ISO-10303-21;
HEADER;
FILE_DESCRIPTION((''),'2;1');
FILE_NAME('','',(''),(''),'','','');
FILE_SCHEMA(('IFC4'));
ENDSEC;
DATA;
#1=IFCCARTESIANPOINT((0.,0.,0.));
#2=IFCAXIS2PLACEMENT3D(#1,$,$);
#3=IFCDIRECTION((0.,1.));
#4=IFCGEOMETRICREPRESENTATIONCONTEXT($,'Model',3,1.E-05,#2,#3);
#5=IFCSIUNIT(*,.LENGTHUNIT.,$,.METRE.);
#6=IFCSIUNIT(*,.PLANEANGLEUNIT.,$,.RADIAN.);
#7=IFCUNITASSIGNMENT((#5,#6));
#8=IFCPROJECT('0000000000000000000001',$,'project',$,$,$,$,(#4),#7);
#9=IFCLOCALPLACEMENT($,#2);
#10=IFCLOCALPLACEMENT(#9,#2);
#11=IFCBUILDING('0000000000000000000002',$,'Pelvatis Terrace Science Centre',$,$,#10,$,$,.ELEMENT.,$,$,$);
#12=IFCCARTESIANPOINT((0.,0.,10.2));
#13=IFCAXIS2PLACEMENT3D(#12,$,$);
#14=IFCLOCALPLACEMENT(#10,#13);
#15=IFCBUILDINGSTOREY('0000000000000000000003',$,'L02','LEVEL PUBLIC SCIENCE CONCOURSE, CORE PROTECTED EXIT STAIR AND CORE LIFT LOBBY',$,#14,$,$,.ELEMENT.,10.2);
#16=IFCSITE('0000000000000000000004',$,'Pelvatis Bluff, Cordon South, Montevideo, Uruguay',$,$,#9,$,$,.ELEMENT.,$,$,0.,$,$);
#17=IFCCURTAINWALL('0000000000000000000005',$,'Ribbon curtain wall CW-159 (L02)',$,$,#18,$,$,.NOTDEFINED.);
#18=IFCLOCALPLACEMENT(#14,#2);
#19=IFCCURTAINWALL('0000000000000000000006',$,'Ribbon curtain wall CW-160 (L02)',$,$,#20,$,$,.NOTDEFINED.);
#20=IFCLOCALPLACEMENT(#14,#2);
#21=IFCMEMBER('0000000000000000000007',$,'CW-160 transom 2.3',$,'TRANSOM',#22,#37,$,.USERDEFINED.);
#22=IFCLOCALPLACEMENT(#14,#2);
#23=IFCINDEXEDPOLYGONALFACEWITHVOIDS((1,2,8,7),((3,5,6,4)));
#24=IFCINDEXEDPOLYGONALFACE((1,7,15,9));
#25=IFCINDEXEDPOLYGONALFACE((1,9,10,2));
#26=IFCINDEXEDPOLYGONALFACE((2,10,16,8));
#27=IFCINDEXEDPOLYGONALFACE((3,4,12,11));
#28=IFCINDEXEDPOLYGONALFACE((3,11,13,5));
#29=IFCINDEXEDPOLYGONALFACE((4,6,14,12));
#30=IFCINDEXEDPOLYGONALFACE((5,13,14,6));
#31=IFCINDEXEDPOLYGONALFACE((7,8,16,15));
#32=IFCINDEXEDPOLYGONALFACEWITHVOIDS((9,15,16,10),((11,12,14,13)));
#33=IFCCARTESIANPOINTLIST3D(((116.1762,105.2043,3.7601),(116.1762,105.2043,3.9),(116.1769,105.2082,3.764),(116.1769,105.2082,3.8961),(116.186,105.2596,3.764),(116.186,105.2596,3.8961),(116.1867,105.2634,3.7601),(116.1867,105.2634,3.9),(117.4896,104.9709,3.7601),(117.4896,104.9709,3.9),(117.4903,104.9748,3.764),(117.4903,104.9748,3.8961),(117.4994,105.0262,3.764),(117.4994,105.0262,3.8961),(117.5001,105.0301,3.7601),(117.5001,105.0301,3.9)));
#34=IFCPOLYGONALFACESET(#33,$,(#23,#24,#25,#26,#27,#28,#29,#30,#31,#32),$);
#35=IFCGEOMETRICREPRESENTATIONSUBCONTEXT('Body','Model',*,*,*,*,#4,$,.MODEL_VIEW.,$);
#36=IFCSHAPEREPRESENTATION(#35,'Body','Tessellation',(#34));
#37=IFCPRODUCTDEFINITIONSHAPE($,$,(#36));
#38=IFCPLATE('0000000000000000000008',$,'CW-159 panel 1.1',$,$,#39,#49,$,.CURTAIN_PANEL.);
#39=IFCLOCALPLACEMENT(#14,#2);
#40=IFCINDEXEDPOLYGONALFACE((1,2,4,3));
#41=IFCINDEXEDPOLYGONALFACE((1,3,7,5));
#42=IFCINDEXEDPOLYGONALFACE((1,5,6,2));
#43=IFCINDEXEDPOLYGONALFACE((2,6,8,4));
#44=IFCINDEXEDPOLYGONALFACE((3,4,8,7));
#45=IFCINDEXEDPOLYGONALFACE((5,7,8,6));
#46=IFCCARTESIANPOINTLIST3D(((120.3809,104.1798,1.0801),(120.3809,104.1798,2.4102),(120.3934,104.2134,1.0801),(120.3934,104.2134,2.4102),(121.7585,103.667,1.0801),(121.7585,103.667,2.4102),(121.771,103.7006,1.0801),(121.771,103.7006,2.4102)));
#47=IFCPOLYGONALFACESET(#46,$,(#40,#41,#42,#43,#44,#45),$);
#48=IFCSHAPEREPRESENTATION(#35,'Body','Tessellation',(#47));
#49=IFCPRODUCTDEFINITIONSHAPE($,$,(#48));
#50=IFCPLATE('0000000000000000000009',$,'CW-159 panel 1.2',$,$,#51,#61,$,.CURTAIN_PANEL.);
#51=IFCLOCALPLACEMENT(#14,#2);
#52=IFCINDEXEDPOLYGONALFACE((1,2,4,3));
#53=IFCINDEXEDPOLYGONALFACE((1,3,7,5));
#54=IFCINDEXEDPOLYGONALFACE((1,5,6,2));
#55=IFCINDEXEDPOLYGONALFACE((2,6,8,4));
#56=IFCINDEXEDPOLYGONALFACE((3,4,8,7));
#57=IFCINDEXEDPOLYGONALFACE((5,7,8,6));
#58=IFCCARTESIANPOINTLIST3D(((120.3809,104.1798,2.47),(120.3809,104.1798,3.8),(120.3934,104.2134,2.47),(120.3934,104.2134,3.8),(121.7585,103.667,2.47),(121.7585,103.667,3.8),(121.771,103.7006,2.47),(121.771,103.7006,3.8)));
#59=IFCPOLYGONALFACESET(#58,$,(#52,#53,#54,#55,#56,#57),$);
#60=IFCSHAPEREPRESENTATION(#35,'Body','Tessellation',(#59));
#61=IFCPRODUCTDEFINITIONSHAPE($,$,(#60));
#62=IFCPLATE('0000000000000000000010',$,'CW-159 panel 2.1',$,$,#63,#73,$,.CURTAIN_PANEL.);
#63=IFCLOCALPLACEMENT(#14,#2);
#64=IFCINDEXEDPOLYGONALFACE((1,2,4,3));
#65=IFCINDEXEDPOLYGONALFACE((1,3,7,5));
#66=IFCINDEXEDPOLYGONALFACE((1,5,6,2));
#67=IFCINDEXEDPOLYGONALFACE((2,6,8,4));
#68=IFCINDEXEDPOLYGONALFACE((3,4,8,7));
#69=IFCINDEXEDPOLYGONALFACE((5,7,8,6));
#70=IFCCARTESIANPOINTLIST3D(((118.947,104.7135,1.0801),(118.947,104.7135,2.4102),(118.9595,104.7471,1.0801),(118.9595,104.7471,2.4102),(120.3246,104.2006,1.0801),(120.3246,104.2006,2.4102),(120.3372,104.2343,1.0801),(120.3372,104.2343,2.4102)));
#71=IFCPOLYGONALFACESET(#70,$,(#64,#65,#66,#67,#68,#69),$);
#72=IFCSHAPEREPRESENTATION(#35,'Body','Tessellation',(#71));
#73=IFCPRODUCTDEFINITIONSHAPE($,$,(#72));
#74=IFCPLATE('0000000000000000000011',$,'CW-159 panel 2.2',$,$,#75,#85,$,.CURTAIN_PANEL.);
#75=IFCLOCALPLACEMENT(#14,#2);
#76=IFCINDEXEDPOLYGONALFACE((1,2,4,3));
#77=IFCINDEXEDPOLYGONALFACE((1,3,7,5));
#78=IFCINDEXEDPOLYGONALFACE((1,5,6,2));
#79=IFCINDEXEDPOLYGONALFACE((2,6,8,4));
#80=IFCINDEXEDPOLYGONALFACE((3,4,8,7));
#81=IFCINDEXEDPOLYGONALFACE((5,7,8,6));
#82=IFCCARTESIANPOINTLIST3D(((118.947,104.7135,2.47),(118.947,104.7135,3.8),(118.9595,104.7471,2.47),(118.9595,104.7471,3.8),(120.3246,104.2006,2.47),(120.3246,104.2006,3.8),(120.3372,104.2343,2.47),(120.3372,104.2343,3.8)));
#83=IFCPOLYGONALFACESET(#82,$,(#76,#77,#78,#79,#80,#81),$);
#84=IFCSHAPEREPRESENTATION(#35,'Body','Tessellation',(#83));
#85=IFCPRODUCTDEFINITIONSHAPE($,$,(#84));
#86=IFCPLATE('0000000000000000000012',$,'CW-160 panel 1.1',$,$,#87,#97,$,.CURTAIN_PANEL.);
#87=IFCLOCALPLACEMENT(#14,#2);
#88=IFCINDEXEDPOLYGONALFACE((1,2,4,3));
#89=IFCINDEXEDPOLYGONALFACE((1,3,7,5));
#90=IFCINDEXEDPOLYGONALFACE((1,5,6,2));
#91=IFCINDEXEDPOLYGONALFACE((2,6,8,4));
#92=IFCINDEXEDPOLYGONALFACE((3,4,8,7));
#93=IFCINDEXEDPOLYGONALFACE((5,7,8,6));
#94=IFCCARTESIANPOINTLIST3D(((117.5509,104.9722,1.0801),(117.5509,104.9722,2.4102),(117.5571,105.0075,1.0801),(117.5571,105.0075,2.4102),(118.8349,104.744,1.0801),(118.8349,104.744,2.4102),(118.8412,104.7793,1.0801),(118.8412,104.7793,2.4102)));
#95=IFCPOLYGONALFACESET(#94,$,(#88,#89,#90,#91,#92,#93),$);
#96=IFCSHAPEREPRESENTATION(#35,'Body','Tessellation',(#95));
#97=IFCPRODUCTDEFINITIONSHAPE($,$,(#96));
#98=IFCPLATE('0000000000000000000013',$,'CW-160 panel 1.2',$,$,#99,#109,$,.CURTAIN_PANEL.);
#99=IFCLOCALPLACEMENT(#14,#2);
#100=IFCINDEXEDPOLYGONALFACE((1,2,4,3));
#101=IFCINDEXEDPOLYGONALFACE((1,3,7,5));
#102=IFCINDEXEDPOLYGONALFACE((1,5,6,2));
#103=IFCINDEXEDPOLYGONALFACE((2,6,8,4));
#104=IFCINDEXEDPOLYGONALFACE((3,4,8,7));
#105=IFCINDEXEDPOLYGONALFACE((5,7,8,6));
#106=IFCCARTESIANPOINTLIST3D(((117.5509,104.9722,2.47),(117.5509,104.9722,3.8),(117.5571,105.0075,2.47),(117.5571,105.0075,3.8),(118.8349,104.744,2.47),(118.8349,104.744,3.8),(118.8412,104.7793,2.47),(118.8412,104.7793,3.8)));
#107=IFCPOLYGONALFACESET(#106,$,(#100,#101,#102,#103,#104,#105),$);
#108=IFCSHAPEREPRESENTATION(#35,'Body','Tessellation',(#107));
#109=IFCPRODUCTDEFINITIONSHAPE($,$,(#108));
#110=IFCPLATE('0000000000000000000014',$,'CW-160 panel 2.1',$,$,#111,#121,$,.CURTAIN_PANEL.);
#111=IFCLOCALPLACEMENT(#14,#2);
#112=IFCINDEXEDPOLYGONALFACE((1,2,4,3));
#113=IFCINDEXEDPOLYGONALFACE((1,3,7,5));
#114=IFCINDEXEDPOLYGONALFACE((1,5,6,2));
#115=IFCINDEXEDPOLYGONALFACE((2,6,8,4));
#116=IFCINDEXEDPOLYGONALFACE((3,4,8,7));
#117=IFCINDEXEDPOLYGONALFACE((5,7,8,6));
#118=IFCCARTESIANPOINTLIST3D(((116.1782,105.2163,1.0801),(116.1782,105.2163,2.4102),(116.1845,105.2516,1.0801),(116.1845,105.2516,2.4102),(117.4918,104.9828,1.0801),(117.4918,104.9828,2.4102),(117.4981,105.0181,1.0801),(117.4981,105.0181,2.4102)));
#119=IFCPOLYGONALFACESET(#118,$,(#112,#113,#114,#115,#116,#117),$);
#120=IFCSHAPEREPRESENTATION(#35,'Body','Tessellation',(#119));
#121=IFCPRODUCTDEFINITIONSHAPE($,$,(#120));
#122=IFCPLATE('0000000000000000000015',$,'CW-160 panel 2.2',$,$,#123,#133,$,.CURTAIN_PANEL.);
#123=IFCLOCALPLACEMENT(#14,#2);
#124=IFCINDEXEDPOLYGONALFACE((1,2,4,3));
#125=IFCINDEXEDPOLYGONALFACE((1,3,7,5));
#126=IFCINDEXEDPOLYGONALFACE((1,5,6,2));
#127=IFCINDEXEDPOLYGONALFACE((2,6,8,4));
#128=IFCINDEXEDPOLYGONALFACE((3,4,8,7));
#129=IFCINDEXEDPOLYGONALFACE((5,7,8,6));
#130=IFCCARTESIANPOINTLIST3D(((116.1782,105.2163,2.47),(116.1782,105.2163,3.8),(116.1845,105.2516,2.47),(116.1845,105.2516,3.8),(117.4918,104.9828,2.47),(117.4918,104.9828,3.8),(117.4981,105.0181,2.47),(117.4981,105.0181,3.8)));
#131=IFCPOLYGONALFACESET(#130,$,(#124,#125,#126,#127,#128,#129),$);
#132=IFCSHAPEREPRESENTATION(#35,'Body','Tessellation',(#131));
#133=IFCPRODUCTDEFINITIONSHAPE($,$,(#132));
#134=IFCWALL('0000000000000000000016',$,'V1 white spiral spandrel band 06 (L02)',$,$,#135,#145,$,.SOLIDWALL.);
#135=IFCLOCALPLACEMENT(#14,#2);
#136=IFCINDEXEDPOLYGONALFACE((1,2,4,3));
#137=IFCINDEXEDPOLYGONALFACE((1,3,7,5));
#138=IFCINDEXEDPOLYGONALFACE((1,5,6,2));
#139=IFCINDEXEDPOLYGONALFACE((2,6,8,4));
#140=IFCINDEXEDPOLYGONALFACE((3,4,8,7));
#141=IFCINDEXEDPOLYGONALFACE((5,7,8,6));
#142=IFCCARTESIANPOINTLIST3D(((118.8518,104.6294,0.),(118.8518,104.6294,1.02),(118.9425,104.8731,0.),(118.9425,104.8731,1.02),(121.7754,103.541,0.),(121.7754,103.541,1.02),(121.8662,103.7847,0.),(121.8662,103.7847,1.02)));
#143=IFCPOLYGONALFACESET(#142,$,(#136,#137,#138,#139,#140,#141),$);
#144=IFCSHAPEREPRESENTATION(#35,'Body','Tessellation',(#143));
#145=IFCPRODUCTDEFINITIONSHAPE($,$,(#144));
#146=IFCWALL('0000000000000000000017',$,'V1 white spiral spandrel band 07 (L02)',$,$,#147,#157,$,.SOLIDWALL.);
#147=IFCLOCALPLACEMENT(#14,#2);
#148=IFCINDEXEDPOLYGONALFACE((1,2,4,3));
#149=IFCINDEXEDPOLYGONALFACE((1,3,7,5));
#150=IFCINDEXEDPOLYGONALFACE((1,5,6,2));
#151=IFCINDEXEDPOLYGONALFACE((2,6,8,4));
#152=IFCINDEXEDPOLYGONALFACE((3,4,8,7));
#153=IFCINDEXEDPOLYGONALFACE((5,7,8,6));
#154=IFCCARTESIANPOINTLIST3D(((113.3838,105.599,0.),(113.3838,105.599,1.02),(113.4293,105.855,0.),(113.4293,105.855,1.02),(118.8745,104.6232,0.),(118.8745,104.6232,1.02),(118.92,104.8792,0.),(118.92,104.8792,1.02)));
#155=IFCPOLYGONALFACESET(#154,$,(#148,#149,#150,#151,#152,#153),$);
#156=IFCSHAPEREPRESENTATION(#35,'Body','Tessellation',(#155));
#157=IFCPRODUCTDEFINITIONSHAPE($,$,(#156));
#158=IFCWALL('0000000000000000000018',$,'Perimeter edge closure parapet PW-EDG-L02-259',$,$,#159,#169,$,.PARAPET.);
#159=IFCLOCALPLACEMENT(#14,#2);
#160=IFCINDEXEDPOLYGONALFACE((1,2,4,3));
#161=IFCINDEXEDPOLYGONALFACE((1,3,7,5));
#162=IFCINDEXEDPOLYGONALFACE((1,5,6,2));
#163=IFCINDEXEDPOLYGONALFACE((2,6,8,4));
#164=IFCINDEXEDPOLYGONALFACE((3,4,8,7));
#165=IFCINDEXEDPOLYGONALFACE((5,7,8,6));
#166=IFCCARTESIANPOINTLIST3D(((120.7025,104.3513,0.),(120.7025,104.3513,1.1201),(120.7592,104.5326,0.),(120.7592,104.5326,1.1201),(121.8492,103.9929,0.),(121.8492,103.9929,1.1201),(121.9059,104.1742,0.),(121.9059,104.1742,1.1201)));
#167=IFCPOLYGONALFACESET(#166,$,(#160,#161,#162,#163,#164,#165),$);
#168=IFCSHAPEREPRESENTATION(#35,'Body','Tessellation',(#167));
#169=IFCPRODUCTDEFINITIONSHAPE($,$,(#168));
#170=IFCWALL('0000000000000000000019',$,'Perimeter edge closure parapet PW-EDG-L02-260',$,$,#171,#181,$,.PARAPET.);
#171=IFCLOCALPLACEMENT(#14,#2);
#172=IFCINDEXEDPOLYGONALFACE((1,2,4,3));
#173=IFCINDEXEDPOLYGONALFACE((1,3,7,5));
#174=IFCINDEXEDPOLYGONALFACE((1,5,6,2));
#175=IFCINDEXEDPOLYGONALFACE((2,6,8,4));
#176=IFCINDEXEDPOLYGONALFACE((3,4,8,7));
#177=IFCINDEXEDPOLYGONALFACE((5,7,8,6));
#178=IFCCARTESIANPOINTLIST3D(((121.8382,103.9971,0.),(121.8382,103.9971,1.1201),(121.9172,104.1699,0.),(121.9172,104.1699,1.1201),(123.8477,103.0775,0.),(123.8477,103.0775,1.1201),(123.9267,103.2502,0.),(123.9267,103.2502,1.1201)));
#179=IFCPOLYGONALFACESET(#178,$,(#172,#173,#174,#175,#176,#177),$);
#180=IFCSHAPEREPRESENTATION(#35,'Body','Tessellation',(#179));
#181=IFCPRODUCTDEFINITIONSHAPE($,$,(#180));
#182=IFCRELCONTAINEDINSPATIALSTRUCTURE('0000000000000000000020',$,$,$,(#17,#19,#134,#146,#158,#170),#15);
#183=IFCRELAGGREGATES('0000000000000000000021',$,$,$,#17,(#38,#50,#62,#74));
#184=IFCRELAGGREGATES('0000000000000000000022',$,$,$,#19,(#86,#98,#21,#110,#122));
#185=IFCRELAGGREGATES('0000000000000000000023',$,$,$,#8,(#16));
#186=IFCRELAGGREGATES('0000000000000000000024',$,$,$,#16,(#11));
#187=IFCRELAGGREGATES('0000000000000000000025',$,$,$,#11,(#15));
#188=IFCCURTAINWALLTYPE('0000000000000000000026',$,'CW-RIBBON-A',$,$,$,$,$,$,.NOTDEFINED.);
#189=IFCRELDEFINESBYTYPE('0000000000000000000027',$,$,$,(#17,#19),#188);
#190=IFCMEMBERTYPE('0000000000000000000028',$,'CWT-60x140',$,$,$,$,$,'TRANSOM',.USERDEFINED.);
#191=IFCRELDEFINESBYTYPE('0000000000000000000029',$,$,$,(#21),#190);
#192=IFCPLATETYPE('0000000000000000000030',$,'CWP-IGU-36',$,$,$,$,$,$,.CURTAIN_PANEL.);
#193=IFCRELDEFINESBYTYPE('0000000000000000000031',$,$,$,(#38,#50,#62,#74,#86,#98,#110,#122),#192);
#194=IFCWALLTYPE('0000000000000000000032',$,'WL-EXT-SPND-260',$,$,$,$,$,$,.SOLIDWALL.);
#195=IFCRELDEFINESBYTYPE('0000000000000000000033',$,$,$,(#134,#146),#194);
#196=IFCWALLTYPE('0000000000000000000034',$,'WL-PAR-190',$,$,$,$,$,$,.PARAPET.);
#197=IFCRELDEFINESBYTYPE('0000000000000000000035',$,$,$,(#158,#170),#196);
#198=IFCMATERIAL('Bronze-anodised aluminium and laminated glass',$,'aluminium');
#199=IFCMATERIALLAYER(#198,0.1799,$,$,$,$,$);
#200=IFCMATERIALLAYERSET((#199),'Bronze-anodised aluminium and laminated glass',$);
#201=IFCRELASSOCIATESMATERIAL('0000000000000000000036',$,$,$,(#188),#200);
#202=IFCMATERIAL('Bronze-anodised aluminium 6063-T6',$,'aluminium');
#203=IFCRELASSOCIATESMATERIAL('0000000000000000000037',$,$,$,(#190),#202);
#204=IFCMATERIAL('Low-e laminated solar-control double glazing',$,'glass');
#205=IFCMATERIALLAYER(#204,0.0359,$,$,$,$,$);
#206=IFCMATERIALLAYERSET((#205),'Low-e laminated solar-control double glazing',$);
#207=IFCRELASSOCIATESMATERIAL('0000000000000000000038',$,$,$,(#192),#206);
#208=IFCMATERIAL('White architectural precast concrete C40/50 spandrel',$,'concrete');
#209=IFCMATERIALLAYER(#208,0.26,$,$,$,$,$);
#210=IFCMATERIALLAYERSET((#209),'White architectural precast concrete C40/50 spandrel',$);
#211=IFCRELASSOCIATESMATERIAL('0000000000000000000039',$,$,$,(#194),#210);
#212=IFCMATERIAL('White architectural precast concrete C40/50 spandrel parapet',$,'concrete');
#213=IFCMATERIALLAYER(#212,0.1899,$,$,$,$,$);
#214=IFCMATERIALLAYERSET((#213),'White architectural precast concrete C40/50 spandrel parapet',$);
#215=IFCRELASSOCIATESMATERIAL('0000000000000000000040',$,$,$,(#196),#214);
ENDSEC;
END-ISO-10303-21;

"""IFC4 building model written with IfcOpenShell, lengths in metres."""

from ifc_helpers import new_model, si_unit, direction, frame, frame_2d, origin, origin_2d, place, context, subcontext, project, spatial, rectangle, hollow_rectangle, extrude, material, layer, layer_set, material_profile, profile_set, type_object, element, aggregate, save


model = new_model("IFC4")

# Units and contexts
model_context = context("Model", 3, precision=1e-05, world=origin(), true_north=direction((0.0, 1.0)))
body_context = subcontext(model_context, "Body", "Model", "MODEL_VIEW")
ifc_project = project(units=[si_unit("LENGTHUNIT", "METRE"), si_unit("PLANEANGLEUNIT", "RADIAN")], contexts=[model_context])

# Site, building, storey
site_placement = place(None, origin())
site = spatial("IfcSite", under=ifc_project, at=site_placement, Name="Pelvatis Bluff, Cordon South, Montevideo, Uruguay", CompositionType="ELEMENT", RefElevation=0.0)
building_placement = place(site_placement, origin())
building = spatial("IfcBuilding", under=site, at=building_placement, Name="Pelvatis Terrace Science Centre", CompositionType="ELEMENT")
storey_placement = place(building_placement, frame((0.0, 0.0, 10.2)))
storey = spatial("IfcBuildingStorey", under=building, at=storey_placement, Name="L02", Description="LEVEL PUBLIC SCIENCE CONCOURSE, CORE PROTECTED EXIT STAIR AND CORE LIFT LOBBY", CompositionType="ELEMENT", Elevation=10.2)

# Shared definitions
ifc_material_1 = material(Name="Bronze-anodised aluminium and laminated glass", Category="aluminium")
ifc_layer_1 = layer(ifc_material_1, 0.1799)
ifc_layer_set_1 = layer_set([ifc_layer_1], Name="Bronze-anodised aluminium and laminated glass")
curtain_wall_type = type_object("IfcCurtainWallType", Name="CW-RIBBON-A", PredefinedType="NOTDEFINED", material=ifc_layer_set_1)

# Curtain walls
curtain_wall_1_placement = place(storey_placement, origin())
curtain_wall_1 = element("IfcCurtainWall", 1, at=curtain_wall_1_placement, inside=storey, type_object=curtain_wall_type, Name="Ribbon curtain wall CW-159 (L02)", PredefinedType="NOTDEFINED")
curtain_wall_2_placement = place(storey_placement, origin())
curtain_wall_2 = element("IfcCurtainWall", 2, at=curtain_wall_2_placement, inside=storey, type_object=curtain_wall_type, Name="Ribbon curtain wall CW-160 (L02)", PredefinedType="NOTDEFINED")

# Member
ifc_material_2 = material(Name="Bronze-anodised aluminium 6063-T6", Category="aluminium")
ifc_material_profile_1 = material_profile(ifc_material_2, hollow_rectangle(XDim=0.0601, YDim=0.1399, WallThickness=0.0039, at=origin_2d()), Name="ALU-TRN 60x140")
ifc_profile_set_1 = profile_set([ifc_material_profile_1], Name="Bronze-anodised aluminium 6063-T6")
member_type_1 = type_object("IfcMemberType", Name="CWT-60x140", ElementType="TRANSOM", PredefinedType="USERDEFINED", material=ifc_profile_set_1)
member_1_placement = place(storey_placement, frame((117.4949, 105.0005, 3.8301), z_axis=(-0.984577, 0.174954, 0.0), x_axis=(-0.174954, -0.984577, 0.0)))
member_1 = element("IfcMember", 3, at=member_1_placement, type_object=member_type_1, Name="CW-160 transom 2.3", ObjectType="TRANSOM", PredefinedType="USERDEFINED", context=body_context, shape_type="SweptSolid", body=[
    extrude(hollow_rectangle(XDim=0.0601, YDim=0.1399, WallThickness=0.0039, at=origin_2d()), origin(), (0.0, 0.0, 1.0), 1.334),
])

# Plates
ifc_material_3 = material(Name="Low-e laminated solar-control double glazing", Category="glass")
ifc_layer_2 = layer(ifc_material_3, 0.0359)
ifc_layer_set_2 = layer_set([ifc_layer_2], Name="Low-e laminated solar-control double glazing")
plate_type = type_object("IfcPlateType", Name="CWP-IGU-36", PredefinedType="CURTAIN_PANEL", material=ifc_layer_set_2)
plate_1_placement = place(storey_placement, frame((121.0759, 103.9402, 1.0801), z_axis=(0.0, 0.0, 1.0), x_axis=(-0.937172, 0.348867, 0.0)))
plate_1 = element("IfcPlate", 4, at=plate_1_placement, type_object=plate_type, Name="CW-159 panel 1.1", PredefinedType="CURTAIN_PANEL", context=body_context, shape_type="SweptSolid", body=[
    extrude(rectangle(XDim=1.47, YDim=0.0359, at=origin_2d()), origin(), (0.0, 0.0, 1.0), 1.3301),
])
plate_2_placement = place(storey_placement, frame((121.0759, 103.9402, 2.47), z_axis=(0.0, 0.0, 1.0), x_axis=(-0.937172, 0.348867, 0.0)))
plate_2 = element("IfcPlate", 5, at=plate_2_placement, type_object=plate_type, Name="CW-159 panel 1.2", PredefinedType="CURTAIN_PANEL", context=body_context, shape_type="SweptSolid", body=[
    extrude(rectangle(XDim=1.47, YDim=0.0359, at=origin_2d()), origin(), (0.0, 0.0, 1.0), 1.3301),
])
plate_3_placement = place(storey_placement, frame((119.6421, 104.4739, 1.0801), z_axis=(0.0, 0.0, 1.0), x_axis=(-0.937172, 0.348867, 0.0)))
plate_3 = element("IfcPlate", 6, at=plate_3_placement, type_object=plate_type, Name="CW-159 panel 2.1", PredefinedType="CURTAIN_PANEL", context=body_context, shape_type="SweptSolid", body=[
    extrude(rectangle(XDim=1.47, YDim=0.0359, at=origin_2d()), origin(), (0.0, 0.0, 1.0), 1.3301),
])
plate_4_placement = place(storey_placement, frame((119.6421, 104.4739, 2.47), z_axis=(0.0, 0.0, 1.0), x_axis=(-0.937172, 0.348867, 0.0)))
plate_4 = element("IfcPlate", 7, at=plate_4_placement, type_object=plate_type, Name="CW-159 panel 2.2", PredefinedType="CURTAIN_PANEL", context=body_context, shape_type="SweptSolid", body=[
    extrude(rectangle(XDim=1.47, YDim=0.0359, at=origin_2d()), origin(), (0.0, 0.0, 1.0), 1.3301),
])
aggregate(curtain_wall_1, [plate_1, plate_2, plate_3, plate_4])
plate_5_placement = place(storey_placement, frame((118.196, 104.8757, 1.0801), z_axis=(0.0, 0.0, 1.0), x_axis=(-0.984571, 0.174983, 0.0)))
plate_5 = element("IfcPlate", 8, at=plate_5_placement, type_object=plate_type, Name="CW-160 panel 1.1", PredefinedType="CURTAIN_PANEL", context=body_context, shape_type="SweptSolid", body=[
    extrude(rectangle(XDim=1.3042, YDim=0.0359, at=origin_2d()), origin(), (0.0, 0.0, 1.0), 1.3301),
])
plate_6_placement = place(storey_placement, frame((118.196, 104.8757, 2.47), z_axis=(0.0, 0.0, 1.0), x_axis=(-0.984571, 0.174983, 0.0)))
plate_6 = element("IfcPlate", 9, at=plate_6_placement, type_object=plate_type, Name="CW-160 panel 1.2", PredefinedType="CURTAIN_PANEL", context=body_context, shape_type="SweptSolid", body=[
    extrude(rectangle(XDim=1.3042, YDim=0.0359, at=origin_2d()), origin(), (0.0, 0.0, 1.0), 1.3301),
])
plate_7_placement = place(storey_placement, frame((116.8381, 105.1172, 1.0801), z_axis=(0.0, 0.0, 1.0), x_axis=(-0.984571, 0.174983, 0.0)))
plate_7 = element("IfcPlate", 10, at=plate_7_placement, type_object=plate_type, Name="CW-160 panel 2.1", PredefinedType="CURTAIN_PANEL", context=body_context, shape_type="SweptSolid", body=[
    extrude(rectangle(XDim=1.3342, YDim=0.0359, at=origin_2d()), origin(), (0.0, 0.0, 1.0), 1.3301),
])
plate_8_placement = place(storey_placement, frame((116.8381, 105.1172, 2.47), z_axis=(0.0, 0.0, 1.0), x_axis=(-0.984571, 0.174983, 0.0)))
plate_8 = element("IfcPlate", 11, at=plate_8_placement, type_object=plate_type, Name="CW-160 panel 2.2", PredefinedType="CURTAIN_PANEL", context=body_context, shape_type="SweptSolid", body=[
    extrude(rectangle(XDim=1.3342, YDim=0.0359, at=origin_2d()), origin(), (0.0, 0.0, 1.0), 1.3301),
])
aggregate(curtain_wall_2, [plate_5, plate_6, member_1, plate_7, plate_8])

# Walls
ifc_material_4 = material(Name="White architectural precast concrete C40/50 spandrel", Category="concrete")
ifc_layer_3 = layer(ifc_material_4, 0.26)
ifc_layer_set_3 = layer_set([ifc_layer_3], Name="White architectural precast concrete C40/50 spandrel")
wall_type_1 = type_object("IfcWallType", Name="WL-EXT-SPND-260", PredefinedType="SOLIDWALL", material=ifc_layer_set_3)
wall_1_placement = place(storey_placement, frame((121.8208, 103.6628, 0.0), z_axis=(0.0, 0.0, 1.0), x_axis=(-0.937166, 0.348884, 0.0)))
element("IfcWall", 12, at=wall_1_placement, inside=storey, type_object=wall_type_1, Name="V1 white spiral spandrel band 06 (L02)", PredefinedType="SOLIDWALL", context=body_context, shape_type="SweptSolid", body=[
    extrude(rectangle(XDim=3.1196, YDim=0.26, at=frame_2d((1.5598, 0.0))), origin(), (0.0, 0.0, 1.0), 1.02),
])
wall_2_placement = place(storey_placement, frame((118.8972, 104.7512, 0.0), z_axis=(0.0, 0.0, 1.0), x_axis=(-0.984572, 0.174981, 0.0)))
element("IfcWall", 13, at=wall_2_placement, inside=storey, type_object=wall_type_1, Name="V1 white spiral spandrel band 07 (L02)", PredefinedType="SOLIDWALL", context=body_context, shape_type="SweptSolid", body=[
    extrude(rectangle(XDim=5.5767, YDim=0.26, at=frame_2d((2.7883, 0.0))), origin(), (0.0, 0.0, 1.0), 1.02),
])
ifc_material_5 = material(Name="White architectural precast concrete C40/50 spandrel parapet", Category="concrete")
ifc_layer_4 = layer(ifc_material_5, 0.1899)
ifc_layer_set_4 = layer_set([ifc_layer_4], Name="White architectural precast concrete C40/50 spandrel parapet")
wall_type_2 = type_object("IfcWallType", Name="WL-PAR-190", PredefinedType="PARAPET", material=ifc_layer_set_4)
wall_3_placement = place(storey_placement, frame((120.731, 104.4419, 0.0), z_axis=(0.0, 0.0, 1.0), x_axis=(0.954469, -0.29831, 0.0)))
element("IfcWall", 14, at=wall_3_placement, inside=storey, type_object=wall_type_2, Name="Perimeter edge closure parapet PW-EDG-L02-259", PredefinedType="PARAPET", context=body_context, shape_type="SweptSolid", body=[
    extrude(rectangle(XDim=1.2014, YDim=0.1899, at=frame_2d((0.6006, 0.0))), origin(), (0.0, 0.0, 1.0), 1.1201),
])
wall_4_placement = place(storey_placement, frame((121.8777, 104.0835, 0.0), z_axis=(0.0, 0.0, 1.0), x_axis=(0.909297, -0.416149, 0.0)))
element("IfcWall", 15, at=wall_4_placement, inside=storey, type_object=wall_type_2, Name="Perimeter edge closure parapet PW-EDG-L02-260", PredefinedType="PARAPET", context=body_context, shape_type="SweptSolid", body=[
    extrude(rectangle(XDim=2.21, YDim=0.1899, at=frame_2d((1.105, 0.0))), origin(), (0.0, 0.0, 1.0), 1.1201),
])

save(model, "model.ifc")
